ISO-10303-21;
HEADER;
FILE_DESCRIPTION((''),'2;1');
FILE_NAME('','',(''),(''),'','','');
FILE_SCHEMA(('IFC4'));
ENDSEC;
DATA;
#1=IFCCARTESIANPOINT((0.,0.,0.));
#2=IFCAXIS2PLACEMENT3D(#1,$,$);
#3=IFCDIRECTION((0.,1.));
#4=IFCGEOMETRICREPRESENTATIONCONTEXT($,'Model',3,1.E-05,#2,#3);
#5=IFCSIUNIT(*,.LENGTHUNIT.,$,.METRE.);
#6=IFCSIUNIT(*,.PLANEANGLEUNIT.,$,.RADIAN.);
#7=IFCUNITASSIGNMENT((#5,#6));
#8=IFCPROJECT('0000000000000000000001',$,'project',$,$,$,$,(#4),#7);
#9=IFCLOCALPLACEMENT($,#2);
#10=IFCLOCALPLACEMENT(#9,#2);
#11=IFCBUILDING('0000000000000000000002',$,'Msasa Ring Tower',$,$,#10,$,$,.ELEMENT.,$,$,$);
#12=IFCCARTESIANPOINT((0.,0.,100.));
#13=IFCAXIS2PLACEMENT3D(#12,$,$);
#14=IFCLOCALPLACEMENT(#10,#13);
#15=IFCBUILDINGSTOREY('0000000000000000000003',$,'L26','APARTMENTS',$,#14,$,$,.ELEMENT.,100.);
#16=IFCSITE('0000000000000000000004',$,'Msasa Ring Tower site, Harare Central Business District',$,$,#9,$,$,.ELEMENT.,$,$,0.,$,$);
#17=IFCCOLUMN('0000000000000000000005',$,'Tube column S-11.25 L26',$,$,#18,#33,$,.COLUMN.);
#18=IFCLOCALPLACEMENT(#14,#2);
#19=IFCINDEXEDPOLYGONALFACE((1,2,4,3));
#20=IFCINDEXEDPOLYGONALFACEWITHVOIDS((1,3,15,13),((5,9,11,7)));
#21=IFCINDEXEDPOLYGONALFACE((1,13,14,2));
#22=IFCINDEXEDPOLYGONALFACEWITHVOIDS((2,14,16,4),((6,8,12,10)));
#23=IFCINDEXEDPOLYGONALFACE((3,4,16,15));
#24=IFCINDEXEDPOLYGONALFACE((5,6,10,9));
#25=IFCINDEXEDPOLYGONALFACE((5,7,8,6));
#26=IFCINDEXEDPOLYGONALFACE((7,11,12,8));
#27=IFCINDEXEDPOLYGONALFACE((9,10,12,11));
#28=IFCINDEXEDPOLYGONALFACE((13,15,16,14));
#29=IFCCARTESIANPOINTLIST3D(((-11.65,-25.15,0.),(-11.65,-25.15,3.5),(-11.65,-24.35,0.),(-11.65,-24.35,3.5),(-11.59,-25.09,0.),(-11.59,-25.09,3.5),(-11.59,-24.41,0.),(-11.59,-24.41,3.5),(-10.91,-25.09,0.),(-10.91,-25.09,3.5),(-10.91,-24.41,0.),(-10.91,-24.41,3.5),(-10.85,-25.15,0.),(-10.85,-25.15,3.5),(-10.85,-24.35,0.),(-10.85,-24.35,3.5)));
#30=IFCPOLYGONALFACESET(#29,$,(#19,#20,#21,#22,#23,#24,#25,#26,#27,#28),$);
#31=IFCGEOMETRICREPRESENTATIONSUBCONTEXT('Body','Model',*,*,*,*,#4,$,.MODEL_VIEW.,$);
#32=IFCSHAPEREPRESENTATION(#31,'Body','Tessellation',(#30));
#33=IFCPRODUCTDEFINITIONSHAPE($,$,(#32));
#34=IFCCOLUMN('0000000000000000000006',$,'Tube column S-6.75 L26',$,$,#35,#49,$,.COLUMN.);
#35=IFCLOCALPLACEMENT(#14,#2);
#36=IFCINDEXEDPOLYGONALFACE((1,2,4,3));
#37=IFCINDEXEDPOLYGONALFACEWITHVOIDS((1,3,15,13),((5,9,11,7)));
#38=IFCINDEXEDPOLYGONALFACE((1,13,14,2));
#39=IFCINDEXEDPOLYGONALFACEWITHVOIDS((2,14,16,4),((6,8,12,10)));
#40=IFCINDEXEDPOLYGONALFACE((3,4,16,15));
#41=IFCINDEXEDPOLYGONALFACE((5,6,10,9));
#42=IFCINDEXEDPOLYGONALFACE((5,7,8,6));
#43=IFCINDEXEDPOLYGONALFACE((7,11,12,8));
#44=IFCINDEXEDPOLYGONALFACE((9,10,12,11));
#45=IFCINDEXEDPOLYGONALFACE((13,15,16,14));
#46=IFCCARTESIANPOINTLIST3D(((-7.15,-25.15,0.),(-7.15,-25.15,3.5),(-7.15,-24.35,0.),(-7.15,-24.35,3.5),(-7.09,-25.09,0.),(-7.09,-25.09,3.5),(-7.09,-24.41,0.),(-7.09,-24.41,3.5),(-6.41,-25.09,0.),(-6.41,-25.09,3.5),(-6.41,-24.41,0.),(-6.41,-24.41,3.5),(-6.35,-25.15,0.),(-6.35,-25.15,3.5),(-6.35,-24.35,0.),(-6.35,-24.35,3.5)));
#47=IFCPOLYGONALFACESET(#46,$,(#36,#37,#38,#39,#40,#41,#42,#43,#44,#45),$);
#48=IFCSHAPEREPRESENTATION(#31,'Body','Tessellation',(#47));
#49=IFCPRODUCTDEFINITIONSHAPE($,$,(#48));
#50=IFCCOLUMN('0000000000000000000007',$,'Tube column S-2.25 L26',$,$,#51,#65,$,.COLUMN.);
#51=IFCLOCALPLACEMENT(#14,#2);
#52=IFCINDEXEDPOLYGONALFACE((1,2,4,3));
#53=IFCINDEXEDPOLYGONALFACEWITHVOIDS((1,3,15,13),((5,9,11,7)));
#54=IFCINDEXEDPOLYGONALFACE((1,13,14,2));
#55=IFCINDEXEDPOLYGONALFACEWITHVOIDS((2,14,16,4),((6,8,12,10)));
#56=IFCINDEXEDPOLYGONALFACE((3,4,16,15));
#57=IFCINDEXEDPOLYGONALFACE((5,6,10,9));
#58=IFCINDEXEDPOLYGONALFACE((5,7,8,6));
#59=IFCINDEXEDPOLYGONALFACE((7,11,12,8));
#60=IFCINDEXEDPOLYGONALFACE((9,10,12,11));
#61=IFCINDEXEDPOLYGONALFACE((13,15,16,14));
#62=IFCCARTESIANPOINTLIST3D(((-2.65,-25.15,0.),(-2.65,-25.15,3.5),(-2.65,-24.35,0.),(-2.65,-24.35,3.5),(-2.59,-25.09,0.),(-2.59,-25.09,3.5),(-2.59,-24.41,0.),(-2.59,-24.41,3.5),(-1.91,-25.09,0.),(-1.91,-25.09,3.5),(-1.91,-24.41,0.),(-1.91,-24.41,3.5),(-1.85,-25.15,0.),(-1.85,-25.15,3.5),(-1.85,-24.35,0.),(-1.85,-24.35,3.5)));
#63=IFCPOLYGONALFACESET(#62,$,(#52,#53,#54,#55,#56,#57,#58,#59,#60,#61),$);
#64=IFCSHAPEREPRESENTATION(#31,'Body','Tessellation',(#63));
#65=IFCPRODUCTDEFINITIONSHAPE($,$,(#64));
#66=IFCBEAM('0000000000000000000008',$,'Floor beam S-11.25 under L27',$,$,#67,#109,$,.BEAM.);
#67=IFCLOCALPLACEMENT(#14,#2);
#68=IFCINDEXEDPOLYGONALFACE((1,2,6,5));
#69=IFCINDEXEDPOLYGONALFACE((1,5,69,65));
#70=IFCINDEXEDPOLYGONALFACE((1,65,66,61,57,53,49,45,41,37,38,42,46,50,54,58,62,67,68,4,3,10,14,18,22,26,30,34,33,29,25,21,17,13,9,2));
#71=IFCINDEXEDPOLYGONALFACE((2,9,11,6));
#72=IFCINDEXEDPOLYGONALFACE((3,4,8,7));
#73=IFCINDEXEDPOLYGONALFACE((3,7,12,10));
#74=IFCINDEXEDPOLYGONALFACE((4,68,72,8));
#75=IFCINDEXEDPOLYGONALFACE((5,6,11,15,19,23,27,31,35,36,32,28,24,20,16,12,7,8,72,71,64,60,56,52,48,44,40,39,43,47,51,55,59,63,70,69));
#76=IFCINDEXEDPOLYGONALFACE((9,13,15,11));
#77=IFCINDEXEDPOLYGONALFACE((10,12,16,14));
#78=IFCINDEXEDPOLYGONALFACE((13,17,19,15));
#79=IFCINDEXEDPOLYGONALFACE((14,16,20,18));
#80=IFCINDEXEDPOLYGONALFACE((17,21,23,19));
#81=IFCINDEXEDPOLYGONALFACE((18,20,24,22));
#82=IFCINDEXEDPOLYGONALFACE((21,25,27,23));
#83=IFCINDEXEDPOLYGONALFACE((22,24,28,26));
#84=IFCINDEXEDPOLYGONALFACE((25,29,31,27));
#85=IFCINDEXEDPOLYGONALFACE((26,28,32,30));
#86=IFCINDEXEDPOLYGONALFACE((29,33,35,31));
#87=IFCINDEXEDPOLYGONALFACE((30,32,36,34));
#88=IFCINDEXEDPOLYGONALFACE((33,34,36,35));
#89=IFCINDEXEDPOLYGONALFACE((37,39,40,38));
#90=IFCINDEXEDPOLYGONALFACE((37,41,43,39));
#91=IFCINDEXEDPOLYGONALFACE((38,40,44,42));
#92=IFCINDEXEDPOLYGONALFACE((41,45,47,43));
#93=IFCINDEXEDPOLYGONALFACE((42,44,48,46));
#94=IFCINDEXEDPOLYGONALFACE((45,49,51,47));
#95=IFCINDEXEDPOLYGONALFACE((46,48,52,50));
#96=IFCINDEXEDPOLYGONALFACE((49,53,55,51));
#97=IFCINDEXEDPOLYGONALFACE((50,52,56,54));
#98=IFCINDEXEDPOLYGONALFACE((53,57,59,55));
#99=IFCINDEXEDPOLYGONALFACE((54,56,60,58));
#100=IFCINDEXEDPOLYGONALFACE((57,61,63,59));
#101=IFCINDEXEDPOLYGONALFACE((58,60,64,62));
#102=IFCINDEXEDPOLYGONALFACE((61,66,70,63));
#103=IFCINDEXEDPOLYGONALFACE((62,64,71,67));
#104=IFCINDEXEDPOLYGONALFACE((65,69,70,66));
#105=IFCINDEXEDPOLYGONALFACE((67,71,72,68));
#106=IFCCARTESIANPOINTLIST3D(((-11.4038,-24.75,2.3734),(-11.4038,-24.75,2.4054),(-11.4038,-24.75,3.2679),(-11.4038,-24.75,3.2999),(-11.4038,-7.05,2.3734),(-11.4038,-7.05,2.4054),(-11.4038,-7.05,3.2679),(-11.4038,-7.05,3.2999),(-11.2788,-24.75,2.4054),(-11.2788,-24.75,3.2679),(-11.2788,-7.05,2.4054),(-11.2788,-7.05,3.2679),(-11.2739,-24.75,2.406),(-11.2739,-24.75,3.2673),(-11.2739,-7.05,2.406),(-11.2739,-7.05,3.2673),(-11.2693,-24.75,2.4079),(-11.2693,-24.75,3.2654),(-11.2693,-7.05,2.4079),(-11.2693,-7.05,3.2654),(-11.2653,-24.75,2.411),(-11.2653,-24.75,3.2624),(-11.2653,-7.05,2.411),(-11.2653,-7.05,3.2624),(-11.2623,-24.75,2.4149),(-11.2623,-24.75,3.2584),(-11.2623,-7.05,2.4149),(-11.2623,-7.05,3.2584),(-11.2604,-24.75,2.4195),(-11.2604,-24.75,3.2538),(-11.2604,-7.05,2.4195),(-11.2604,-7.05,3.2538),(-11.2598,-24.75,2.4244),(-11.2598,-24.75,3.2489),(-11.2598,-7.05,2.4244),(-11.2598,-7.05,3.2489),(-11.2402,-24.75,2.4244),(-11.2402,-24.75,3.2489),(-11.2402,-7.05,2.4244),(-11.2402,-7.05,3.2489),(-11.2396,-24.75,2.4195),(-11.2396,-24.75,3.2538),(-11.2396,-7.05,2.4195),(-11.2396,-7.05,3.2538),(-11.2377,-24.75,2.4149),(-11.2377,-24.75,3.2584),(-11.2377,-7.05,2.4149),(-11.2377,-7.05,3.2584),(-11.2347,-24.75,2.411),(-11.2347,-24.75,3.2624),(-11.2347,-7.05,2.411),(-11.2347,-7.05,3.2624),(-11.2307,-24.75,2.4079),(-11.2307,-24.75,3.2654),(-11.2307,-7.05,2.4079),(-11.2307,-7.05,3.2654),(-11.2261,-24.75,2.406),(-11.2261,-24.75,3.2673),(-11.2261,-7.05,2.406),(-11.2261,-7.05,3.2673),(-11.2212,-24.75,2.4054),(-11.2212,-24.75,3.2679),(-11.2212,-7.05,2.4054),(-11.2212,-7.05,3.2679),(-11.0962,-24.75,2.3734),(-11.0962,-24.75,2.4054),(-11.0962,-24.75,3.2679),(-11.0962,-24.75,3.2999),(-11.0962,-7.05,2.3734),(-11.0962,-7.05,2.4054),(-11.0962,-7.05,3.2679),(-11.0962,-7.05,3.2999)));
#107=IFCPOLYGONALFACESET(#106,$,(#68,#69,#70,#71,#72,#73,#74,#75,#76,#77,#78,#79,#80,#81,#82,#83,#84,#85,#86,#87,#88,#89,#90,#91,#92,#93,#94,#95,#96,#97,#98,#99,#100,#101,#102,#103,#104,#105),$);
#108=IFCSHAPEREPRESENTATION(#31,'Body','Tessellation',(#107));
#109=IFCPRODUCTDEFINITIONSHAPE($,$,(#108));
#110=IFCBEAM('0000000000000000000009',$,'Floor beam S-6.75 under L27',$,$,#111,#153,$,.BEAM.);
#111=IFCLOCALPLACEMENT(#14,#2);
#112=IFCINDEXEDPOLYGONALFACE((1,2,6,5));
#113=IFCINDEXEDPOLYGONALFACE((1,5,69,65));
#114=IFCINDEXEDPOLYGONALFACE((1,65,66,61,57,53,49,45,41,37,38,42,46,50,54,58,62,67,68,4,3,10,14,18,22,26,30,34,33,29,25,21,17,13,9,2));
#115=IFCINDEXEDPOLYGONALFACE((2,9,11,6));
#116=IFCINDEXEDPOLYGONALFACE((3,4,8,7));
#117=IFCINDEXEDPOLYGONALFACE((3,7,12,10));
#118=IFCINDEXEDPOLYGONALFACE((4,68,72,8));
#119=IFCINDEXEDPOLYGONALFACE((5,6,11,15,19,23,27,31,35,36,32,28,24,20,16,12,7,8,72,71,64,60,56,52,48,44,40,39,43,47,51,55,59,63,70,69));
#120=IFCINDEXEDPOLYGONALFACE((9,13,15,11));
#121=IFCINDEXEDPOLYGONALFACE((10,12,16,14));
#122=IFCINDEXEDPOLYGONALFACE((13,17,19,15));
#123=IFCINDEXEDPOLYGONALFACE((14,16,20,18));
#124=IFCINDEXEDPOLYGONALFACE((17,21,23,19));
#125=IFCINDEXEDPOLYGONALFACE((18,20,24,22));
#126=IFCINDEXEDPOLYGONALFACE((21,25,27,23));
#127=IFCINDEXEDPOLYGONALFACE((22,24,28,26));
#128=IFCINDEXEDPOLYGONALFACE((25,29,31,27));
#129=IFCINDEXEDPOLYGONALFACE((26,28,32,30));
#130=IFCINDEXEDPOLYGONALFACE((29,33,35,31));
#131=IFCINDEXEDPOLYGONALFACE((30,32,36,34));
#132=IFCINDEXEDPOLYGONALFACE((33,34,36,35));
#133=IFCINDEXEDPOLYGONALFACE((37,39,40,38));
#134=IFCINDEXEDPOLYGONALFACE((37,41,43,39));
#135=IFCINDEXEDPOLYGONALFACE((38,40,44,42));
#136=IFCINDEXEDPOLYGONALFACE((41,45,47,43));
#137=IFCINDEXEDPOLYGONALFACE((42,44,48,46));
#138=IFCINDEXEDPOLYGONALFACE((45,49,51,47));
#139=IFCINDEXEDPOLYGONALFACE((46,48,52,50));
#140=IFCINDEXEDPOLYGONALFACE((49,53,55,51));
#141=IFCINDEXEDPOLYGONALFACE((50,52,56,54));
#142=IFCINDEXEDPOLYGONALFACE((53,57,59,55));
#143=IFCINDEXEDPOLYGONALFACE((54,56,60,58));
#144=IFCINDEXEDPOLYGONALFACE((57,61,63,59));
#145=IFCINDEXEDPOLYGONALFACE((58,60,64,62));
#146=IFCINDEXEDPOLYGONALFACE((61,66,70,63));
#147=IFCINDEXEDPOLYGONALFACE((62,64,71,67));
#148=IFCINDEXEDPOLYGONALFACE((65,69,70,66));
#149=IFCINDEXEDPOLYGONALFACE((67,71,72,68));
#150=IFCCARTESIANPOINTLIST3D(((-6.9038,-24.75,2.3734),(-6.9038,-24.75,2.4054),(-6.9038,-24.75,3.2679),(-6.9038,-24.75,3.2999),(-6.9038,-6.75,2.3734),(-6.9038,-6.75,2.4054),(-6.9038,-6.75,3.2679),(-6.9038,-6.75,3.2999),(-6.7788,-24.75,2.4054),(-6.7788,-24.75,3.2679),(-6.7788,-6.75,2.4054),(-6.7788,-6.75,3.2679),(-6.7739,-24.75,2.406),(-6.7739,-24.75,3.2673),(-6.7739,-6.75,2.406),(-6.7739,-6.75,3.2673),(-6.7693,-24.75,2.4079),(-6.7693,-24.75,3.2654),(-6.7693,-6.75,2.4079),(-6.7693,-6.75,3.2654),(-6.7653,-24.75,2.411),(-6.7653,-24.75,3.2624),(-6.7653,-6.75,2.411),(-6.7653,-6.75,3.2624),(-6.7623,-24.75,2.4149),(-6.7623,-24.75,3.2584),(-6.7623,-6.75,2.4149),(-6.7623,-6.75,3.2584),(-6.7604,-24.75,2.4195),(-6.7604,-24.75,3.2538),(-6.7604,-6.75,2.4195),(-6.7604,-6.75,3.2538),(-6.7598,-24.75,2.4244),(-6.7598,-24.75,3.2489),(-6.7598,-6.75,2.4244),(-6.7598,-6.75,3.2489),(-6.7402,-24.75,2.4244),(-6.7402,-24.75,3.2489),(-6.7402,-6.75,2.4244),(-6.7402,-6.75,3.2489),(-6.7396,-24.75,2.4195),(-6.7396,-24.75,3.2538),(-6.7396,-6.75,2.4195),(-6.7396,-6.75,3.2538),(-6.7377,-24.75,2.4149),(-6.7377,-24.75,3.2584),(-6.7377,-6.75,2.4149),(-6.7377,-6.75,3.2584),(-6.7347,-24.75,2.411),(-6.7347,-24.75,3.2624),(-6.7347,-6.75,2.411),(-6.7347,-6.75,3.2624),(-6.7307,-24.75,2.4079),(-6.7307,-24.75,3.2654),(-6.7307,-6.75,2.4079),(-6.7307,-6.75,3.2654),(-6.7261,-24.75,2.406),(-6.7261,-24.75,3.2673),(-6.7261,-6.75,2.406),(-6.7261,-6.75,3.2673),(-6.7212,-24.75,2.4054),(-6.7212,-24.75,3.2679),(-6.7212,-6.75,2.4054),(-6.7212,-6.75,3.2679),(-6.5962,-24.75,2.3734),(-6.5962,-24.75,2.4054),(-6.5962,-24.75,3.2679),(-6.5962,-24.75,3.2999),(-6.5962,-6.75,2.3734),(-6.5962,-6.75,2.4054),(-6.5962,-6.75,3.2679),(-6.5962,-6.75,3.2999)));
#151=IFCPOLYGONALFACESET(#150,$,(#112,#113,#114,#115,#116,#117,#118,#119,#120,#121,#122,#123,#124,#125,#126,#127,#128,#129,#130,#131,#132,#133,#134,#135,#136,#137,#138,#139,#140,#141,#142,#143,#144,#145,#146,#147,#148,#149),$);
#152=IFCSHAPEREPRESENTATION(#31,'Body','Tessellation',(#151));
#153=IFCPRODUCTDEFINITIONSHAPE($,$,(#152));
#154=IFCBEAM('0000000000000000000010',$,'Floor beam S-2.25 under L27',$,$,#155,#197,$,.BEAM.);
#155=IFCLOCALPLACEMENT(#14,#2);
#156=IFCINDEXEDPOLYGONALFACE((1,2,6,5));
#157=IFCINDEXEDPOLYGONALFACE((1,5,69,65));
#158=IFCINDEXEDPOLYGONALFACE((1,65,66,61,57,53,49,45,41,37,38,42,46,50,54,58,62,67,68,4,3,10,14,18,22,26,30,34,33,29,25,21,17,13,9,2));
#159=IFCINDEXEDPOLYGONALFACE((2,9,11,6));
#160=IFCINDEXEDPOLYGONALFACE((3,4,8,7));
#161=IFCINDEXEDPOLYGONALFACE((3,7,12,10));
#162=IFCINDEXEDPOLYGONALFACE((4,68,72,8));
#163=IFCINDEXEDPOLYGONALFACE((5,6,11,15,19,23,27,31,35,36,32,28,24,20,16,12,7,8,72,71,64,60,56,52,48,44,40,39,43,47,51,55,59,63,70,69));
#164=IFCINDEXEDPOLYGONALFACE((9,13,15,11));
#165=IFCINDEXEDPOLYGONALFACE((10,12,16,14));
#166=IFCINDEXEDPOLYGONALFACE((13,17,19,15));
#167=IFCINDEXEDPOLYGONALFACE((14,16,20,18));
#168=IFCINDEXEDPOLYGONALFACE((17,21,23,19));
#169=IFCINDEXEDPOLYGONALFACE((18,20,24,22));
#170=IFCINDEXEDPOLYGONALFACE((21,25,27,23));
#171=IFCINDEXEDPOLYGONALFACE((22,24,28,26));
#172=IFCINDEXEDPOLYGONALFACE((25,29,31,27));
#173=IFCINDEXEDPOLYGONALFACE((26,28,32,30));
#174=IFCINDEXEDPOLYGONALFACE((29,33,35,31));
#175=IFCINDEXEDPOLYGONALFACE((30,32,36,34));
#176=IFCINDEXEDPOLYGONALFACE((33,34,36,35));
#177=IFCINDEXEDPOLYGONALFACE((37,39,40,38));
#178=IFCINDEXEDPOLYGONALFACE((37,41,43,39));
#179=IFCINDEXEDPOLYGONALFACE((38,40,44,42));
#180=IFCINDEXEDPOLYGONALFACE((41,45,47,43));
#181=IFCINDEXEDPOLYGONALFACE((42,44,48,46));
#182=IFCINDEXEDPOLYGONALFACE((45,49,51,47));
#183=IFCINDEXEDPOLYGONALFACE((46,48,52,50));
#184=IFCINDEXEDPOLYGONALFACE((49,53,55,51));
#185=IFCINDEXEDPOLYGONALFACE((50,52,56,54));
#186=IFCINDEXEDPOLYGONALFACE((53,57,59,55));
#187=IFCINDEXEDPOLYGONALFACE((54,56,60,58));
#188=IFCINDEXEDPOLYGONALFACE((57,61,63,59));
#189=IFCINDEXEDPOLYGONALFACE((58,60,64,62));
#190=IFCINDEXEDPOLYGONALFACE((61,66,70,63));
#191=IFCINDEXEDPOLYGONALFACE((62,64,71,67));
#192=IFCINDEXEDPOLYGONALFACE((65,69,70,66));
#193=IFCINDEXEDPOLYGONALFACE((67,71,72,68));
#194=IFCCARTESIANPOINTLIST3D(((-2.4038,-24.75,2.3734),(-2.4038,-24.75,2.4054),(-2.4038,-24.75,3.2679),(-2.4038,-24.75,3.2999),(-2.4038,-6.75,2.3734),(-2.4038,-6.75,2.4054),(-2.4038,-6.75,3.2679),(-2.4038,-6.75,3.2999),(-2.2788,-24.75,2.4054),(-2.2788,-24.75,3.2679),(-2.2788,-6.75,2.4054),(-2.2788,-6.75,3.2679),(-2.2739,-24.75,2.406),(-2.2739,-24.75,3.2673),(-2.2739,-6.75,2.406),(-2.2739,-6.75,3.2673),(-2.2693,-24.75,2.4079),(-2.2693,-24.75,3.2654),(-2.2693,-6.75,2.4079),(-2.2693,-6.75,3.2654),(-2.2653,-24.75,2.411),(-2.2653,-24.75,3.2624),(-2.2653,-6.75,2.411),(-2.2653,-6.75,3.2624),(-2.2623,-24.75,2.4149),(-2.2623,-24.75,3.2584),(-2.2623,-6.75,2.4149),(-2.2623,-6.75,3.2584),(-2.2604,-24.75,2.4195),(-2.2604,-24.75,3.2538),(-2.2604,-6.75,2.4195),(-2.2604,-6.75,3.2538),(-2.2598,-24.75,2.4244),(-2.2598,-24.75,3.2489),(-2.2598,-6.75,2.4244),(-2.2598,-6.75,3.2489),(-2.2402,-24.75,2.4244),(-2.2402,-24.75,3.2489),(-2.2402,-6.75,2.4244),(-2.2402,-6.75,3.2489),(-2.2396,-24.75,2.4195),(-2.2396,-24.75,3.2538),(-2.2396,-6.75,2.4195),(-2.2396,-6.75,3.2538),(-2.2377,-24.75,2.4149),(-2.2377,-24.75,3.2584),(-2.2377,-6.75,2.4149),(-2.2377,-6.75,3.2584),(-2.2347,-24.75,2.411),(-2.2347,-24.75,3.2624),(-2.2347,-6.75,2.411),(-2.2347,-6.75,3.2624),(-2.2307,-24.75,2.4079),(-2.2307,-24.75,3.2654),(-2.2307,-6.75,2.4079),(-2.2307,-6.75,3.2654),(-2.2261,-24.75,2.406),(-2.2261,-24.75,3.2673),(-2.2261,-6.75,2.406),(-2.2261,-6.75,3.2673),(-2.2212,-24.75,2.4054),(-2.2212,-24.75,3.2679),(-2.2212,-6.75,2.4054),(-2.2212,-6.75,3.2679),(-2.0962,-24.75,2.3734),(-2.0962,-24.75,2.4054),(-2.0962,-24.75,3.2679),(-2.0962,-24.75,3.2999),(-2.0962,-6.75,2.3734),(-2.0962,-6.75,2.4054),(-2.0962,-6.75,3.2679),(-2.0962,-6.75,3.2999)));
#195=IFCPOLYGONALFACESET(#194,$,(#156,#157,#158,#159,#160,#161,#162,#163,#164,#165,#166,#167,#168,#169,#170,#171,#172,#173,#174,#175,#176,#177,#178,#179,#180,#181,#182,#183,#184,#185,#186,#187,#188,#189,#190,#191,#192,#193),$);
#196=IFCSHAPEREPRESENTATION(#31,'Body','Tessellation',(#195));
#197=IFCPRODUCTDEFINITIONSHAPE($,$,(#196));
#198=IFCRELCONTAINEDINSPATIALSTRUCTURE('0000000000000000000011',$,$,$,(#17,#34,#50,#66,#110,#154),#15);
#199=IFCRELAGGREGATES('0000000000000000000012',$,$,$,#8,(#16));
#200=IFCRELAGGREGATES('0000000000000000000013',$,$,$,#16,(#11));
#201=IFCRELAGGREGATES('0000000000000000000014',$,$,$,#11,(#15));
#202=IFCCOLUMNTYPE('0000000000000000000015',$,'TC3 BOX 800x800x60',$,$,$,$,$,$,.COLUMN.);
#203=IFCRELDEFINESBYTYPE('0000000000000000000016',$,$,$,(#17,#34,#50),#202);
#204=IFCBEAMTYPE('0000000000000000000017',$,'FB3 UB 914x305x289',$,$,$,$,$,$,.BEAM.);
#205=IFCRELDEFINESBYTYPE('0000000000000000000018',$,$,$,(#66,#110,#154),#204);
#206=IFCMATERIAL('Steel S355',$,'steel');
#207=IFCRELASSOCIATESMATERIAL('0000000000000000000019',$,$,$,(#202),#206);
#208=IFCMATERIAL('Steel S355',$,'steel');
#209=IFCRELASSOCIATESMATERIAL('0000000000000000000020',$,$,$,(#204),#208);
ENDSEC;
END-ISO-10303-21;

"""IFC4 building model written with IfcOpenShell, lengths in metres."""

from ifc_helpers import new_model, si_unit, direction, frame, origin, origin_2d, place, context, subcontext, project, spatial, hollow_rectangle, i_section, extrude, material, material_profile, profile_set, type_object, element, save


model = new_model("IFC4")

# Units and contexts
model_context = context("Model", 3, precision=1e-05, world=origin(), true_north=direction((0.0, 1.0)))
body_context = subcontext(model_context, "Body", "Model", "MODEL_VIEW")
ifc_project = project(units=[si_unit("LENGTHUNIT", "METRE"), si_unit("PLANEANGLEUNIT", "RADIAN")], contexts=[model_context])

# Site, building, storey
site_placement = place(None, origin())
site = spatial("IfcSite", under=ifc_project, at=site_placement, Name="Msasa Ring Tower site, Harare Central Business District", CompositionType="ELEMENT", RefElevation=0.0)
building_placement = place(site_placement, origin())
building = spatial("IfcBuilding", under=site, at=building_placement, Name="Msasa Ring Tower", CompositionType="ELEMENT")
storey_placement = place(building_placement, frame((0.0, 0.0, 100.0)))
storey = spatial("IfcBuildingStorey", under=building, at=storey_placement, Name="L26", Description="APARTMENTS", CompositionType="ELEMENT", Elevation=100.0)

# Columns
ifc_material_1 = material(Name="Steel S355", Category="steel")
ifc_material_profile_1 = material_profile(ifc_material_1, hollow_rectangle(XDim=0.8, YDim=0.8, WallThickness=0.0601, at=origin_2d()), Name="BOX 800x800x60")
ifc_profile_set_1 = profile_set([ifc_material_profile_1], Name="Steel S355")
column_type = type_object("IfcColumnType", Name="TC3 BOX 800x800x60", PredefinedType="COLUMN", material=ifc_profile_set_1)
for number, where, z_axis, x_axis, name in (
    (1, (-11.25, -24.75, 0.0), (0.0, 0.0, 1.0), (0.0, 1.0, 0.0), "Tube column S-11.25 L26"),
    (2, (-6.75, -24.75, 0.0), (0.0, 0.0, 1.0), (0.0, 1.0, 0.0), "Tube column S-6.75 L26"),
    (3, (-2.25, -24.75, 0.0), (0.0, 0.0, 1.0), (0.0, 1.0, 0.0), "Tube column S-2.25 L26"),
):
    element("IfcColumn", number, at=place(storey_placement, frame(where, z_axis=z_axis, x_axis=x_axis)), inside=storey, type_object=column_type, Name=name, PredefinedType="COLUMN", context=body_context, shape_type="SweptSolid", body=[
        extrude(hollow_rectangle(XDim=0.8, YDim=0.8, WallThickness=0.0601, at=origin_2d()), origin(), (0.0, 0.0, 1.0), 3.5),
    ])

# Beams
ifc_material_2 = material(Name="Steel S355", Category="steel")
ifc_material_profile_2 = material_profile(ifc_material_2, i_section(OverallWidth=0.3076, OverallDepth=0.9265, WebThickness=0.0195, FlangeThickness=0.032, FilletRadius=0.019, at=origin_2d()), Name="UB 914x305x289")
ifc_profile_set_2 = profile_set([ifc_material_profile_2], Name="Steel S355")
beam_type_1 = type_object("IfcBeamType", Name="FB3 UB 914x305x289", PredefinedType="BEAM", material=ifc_profile_set_2)
beam_placement = place(storey_placement, frame((-11.25, -24.75, 2.8367), z_axis=(0.0, 1.0, 0.0), x_axis=(-1.0, 0.0, 0.0)))
element("IfcBeam", 4, at=beam_placement, inside=storey, type_object=beam_type_1, Name="Floor beam S-11.25 under L27", PredefinedType="BEAM", context=body_context, shape_type="SweptSolid", body=[
    extrude(i_section(OverallWidth=0.3076, OverallDepth=0.9265, WebThickness=0.0195, FlangeThickness=0.032, FilletRadius=0.019, at=origin_2d()), origin(), (0.0, 0.0, 1.0), 17.7),
])
for number, where, z_axis, x_axis, name in (
    (5, (-6.75, -24.75, 2.8367), (0.0, 1.0, 0.0), (-1.0, 0.0, 0.0), "Floor beam S-6.75 under L27"),
    (6, (-2.25, -24.75, 2.8367), (0.0, 1.0, 0.0), (-1.0, 0.0, 0.0), "Floor beam S-2.25 under L27"),
):
    element("IfcBeam", number, at=place(storey_placement, frame(where, z_axis=z_axis, x_axis=x_axis)), inside=storey, type_object=beam_type_1, Name=name, PredefinedType="BEAM", context=body_context, shape_type="SweptSolid", body=[
        extrude(i_section(OverallWidth=0.3076, OverallDepth=0.9265, WebThickness=0.0195, FlangeThickness=0.032, FilletRadius=0.019, at=origin_2d()), origin(), (0.0, 0.0, 1.0), 18.0),
    ])

save(model, "model.ifc")
